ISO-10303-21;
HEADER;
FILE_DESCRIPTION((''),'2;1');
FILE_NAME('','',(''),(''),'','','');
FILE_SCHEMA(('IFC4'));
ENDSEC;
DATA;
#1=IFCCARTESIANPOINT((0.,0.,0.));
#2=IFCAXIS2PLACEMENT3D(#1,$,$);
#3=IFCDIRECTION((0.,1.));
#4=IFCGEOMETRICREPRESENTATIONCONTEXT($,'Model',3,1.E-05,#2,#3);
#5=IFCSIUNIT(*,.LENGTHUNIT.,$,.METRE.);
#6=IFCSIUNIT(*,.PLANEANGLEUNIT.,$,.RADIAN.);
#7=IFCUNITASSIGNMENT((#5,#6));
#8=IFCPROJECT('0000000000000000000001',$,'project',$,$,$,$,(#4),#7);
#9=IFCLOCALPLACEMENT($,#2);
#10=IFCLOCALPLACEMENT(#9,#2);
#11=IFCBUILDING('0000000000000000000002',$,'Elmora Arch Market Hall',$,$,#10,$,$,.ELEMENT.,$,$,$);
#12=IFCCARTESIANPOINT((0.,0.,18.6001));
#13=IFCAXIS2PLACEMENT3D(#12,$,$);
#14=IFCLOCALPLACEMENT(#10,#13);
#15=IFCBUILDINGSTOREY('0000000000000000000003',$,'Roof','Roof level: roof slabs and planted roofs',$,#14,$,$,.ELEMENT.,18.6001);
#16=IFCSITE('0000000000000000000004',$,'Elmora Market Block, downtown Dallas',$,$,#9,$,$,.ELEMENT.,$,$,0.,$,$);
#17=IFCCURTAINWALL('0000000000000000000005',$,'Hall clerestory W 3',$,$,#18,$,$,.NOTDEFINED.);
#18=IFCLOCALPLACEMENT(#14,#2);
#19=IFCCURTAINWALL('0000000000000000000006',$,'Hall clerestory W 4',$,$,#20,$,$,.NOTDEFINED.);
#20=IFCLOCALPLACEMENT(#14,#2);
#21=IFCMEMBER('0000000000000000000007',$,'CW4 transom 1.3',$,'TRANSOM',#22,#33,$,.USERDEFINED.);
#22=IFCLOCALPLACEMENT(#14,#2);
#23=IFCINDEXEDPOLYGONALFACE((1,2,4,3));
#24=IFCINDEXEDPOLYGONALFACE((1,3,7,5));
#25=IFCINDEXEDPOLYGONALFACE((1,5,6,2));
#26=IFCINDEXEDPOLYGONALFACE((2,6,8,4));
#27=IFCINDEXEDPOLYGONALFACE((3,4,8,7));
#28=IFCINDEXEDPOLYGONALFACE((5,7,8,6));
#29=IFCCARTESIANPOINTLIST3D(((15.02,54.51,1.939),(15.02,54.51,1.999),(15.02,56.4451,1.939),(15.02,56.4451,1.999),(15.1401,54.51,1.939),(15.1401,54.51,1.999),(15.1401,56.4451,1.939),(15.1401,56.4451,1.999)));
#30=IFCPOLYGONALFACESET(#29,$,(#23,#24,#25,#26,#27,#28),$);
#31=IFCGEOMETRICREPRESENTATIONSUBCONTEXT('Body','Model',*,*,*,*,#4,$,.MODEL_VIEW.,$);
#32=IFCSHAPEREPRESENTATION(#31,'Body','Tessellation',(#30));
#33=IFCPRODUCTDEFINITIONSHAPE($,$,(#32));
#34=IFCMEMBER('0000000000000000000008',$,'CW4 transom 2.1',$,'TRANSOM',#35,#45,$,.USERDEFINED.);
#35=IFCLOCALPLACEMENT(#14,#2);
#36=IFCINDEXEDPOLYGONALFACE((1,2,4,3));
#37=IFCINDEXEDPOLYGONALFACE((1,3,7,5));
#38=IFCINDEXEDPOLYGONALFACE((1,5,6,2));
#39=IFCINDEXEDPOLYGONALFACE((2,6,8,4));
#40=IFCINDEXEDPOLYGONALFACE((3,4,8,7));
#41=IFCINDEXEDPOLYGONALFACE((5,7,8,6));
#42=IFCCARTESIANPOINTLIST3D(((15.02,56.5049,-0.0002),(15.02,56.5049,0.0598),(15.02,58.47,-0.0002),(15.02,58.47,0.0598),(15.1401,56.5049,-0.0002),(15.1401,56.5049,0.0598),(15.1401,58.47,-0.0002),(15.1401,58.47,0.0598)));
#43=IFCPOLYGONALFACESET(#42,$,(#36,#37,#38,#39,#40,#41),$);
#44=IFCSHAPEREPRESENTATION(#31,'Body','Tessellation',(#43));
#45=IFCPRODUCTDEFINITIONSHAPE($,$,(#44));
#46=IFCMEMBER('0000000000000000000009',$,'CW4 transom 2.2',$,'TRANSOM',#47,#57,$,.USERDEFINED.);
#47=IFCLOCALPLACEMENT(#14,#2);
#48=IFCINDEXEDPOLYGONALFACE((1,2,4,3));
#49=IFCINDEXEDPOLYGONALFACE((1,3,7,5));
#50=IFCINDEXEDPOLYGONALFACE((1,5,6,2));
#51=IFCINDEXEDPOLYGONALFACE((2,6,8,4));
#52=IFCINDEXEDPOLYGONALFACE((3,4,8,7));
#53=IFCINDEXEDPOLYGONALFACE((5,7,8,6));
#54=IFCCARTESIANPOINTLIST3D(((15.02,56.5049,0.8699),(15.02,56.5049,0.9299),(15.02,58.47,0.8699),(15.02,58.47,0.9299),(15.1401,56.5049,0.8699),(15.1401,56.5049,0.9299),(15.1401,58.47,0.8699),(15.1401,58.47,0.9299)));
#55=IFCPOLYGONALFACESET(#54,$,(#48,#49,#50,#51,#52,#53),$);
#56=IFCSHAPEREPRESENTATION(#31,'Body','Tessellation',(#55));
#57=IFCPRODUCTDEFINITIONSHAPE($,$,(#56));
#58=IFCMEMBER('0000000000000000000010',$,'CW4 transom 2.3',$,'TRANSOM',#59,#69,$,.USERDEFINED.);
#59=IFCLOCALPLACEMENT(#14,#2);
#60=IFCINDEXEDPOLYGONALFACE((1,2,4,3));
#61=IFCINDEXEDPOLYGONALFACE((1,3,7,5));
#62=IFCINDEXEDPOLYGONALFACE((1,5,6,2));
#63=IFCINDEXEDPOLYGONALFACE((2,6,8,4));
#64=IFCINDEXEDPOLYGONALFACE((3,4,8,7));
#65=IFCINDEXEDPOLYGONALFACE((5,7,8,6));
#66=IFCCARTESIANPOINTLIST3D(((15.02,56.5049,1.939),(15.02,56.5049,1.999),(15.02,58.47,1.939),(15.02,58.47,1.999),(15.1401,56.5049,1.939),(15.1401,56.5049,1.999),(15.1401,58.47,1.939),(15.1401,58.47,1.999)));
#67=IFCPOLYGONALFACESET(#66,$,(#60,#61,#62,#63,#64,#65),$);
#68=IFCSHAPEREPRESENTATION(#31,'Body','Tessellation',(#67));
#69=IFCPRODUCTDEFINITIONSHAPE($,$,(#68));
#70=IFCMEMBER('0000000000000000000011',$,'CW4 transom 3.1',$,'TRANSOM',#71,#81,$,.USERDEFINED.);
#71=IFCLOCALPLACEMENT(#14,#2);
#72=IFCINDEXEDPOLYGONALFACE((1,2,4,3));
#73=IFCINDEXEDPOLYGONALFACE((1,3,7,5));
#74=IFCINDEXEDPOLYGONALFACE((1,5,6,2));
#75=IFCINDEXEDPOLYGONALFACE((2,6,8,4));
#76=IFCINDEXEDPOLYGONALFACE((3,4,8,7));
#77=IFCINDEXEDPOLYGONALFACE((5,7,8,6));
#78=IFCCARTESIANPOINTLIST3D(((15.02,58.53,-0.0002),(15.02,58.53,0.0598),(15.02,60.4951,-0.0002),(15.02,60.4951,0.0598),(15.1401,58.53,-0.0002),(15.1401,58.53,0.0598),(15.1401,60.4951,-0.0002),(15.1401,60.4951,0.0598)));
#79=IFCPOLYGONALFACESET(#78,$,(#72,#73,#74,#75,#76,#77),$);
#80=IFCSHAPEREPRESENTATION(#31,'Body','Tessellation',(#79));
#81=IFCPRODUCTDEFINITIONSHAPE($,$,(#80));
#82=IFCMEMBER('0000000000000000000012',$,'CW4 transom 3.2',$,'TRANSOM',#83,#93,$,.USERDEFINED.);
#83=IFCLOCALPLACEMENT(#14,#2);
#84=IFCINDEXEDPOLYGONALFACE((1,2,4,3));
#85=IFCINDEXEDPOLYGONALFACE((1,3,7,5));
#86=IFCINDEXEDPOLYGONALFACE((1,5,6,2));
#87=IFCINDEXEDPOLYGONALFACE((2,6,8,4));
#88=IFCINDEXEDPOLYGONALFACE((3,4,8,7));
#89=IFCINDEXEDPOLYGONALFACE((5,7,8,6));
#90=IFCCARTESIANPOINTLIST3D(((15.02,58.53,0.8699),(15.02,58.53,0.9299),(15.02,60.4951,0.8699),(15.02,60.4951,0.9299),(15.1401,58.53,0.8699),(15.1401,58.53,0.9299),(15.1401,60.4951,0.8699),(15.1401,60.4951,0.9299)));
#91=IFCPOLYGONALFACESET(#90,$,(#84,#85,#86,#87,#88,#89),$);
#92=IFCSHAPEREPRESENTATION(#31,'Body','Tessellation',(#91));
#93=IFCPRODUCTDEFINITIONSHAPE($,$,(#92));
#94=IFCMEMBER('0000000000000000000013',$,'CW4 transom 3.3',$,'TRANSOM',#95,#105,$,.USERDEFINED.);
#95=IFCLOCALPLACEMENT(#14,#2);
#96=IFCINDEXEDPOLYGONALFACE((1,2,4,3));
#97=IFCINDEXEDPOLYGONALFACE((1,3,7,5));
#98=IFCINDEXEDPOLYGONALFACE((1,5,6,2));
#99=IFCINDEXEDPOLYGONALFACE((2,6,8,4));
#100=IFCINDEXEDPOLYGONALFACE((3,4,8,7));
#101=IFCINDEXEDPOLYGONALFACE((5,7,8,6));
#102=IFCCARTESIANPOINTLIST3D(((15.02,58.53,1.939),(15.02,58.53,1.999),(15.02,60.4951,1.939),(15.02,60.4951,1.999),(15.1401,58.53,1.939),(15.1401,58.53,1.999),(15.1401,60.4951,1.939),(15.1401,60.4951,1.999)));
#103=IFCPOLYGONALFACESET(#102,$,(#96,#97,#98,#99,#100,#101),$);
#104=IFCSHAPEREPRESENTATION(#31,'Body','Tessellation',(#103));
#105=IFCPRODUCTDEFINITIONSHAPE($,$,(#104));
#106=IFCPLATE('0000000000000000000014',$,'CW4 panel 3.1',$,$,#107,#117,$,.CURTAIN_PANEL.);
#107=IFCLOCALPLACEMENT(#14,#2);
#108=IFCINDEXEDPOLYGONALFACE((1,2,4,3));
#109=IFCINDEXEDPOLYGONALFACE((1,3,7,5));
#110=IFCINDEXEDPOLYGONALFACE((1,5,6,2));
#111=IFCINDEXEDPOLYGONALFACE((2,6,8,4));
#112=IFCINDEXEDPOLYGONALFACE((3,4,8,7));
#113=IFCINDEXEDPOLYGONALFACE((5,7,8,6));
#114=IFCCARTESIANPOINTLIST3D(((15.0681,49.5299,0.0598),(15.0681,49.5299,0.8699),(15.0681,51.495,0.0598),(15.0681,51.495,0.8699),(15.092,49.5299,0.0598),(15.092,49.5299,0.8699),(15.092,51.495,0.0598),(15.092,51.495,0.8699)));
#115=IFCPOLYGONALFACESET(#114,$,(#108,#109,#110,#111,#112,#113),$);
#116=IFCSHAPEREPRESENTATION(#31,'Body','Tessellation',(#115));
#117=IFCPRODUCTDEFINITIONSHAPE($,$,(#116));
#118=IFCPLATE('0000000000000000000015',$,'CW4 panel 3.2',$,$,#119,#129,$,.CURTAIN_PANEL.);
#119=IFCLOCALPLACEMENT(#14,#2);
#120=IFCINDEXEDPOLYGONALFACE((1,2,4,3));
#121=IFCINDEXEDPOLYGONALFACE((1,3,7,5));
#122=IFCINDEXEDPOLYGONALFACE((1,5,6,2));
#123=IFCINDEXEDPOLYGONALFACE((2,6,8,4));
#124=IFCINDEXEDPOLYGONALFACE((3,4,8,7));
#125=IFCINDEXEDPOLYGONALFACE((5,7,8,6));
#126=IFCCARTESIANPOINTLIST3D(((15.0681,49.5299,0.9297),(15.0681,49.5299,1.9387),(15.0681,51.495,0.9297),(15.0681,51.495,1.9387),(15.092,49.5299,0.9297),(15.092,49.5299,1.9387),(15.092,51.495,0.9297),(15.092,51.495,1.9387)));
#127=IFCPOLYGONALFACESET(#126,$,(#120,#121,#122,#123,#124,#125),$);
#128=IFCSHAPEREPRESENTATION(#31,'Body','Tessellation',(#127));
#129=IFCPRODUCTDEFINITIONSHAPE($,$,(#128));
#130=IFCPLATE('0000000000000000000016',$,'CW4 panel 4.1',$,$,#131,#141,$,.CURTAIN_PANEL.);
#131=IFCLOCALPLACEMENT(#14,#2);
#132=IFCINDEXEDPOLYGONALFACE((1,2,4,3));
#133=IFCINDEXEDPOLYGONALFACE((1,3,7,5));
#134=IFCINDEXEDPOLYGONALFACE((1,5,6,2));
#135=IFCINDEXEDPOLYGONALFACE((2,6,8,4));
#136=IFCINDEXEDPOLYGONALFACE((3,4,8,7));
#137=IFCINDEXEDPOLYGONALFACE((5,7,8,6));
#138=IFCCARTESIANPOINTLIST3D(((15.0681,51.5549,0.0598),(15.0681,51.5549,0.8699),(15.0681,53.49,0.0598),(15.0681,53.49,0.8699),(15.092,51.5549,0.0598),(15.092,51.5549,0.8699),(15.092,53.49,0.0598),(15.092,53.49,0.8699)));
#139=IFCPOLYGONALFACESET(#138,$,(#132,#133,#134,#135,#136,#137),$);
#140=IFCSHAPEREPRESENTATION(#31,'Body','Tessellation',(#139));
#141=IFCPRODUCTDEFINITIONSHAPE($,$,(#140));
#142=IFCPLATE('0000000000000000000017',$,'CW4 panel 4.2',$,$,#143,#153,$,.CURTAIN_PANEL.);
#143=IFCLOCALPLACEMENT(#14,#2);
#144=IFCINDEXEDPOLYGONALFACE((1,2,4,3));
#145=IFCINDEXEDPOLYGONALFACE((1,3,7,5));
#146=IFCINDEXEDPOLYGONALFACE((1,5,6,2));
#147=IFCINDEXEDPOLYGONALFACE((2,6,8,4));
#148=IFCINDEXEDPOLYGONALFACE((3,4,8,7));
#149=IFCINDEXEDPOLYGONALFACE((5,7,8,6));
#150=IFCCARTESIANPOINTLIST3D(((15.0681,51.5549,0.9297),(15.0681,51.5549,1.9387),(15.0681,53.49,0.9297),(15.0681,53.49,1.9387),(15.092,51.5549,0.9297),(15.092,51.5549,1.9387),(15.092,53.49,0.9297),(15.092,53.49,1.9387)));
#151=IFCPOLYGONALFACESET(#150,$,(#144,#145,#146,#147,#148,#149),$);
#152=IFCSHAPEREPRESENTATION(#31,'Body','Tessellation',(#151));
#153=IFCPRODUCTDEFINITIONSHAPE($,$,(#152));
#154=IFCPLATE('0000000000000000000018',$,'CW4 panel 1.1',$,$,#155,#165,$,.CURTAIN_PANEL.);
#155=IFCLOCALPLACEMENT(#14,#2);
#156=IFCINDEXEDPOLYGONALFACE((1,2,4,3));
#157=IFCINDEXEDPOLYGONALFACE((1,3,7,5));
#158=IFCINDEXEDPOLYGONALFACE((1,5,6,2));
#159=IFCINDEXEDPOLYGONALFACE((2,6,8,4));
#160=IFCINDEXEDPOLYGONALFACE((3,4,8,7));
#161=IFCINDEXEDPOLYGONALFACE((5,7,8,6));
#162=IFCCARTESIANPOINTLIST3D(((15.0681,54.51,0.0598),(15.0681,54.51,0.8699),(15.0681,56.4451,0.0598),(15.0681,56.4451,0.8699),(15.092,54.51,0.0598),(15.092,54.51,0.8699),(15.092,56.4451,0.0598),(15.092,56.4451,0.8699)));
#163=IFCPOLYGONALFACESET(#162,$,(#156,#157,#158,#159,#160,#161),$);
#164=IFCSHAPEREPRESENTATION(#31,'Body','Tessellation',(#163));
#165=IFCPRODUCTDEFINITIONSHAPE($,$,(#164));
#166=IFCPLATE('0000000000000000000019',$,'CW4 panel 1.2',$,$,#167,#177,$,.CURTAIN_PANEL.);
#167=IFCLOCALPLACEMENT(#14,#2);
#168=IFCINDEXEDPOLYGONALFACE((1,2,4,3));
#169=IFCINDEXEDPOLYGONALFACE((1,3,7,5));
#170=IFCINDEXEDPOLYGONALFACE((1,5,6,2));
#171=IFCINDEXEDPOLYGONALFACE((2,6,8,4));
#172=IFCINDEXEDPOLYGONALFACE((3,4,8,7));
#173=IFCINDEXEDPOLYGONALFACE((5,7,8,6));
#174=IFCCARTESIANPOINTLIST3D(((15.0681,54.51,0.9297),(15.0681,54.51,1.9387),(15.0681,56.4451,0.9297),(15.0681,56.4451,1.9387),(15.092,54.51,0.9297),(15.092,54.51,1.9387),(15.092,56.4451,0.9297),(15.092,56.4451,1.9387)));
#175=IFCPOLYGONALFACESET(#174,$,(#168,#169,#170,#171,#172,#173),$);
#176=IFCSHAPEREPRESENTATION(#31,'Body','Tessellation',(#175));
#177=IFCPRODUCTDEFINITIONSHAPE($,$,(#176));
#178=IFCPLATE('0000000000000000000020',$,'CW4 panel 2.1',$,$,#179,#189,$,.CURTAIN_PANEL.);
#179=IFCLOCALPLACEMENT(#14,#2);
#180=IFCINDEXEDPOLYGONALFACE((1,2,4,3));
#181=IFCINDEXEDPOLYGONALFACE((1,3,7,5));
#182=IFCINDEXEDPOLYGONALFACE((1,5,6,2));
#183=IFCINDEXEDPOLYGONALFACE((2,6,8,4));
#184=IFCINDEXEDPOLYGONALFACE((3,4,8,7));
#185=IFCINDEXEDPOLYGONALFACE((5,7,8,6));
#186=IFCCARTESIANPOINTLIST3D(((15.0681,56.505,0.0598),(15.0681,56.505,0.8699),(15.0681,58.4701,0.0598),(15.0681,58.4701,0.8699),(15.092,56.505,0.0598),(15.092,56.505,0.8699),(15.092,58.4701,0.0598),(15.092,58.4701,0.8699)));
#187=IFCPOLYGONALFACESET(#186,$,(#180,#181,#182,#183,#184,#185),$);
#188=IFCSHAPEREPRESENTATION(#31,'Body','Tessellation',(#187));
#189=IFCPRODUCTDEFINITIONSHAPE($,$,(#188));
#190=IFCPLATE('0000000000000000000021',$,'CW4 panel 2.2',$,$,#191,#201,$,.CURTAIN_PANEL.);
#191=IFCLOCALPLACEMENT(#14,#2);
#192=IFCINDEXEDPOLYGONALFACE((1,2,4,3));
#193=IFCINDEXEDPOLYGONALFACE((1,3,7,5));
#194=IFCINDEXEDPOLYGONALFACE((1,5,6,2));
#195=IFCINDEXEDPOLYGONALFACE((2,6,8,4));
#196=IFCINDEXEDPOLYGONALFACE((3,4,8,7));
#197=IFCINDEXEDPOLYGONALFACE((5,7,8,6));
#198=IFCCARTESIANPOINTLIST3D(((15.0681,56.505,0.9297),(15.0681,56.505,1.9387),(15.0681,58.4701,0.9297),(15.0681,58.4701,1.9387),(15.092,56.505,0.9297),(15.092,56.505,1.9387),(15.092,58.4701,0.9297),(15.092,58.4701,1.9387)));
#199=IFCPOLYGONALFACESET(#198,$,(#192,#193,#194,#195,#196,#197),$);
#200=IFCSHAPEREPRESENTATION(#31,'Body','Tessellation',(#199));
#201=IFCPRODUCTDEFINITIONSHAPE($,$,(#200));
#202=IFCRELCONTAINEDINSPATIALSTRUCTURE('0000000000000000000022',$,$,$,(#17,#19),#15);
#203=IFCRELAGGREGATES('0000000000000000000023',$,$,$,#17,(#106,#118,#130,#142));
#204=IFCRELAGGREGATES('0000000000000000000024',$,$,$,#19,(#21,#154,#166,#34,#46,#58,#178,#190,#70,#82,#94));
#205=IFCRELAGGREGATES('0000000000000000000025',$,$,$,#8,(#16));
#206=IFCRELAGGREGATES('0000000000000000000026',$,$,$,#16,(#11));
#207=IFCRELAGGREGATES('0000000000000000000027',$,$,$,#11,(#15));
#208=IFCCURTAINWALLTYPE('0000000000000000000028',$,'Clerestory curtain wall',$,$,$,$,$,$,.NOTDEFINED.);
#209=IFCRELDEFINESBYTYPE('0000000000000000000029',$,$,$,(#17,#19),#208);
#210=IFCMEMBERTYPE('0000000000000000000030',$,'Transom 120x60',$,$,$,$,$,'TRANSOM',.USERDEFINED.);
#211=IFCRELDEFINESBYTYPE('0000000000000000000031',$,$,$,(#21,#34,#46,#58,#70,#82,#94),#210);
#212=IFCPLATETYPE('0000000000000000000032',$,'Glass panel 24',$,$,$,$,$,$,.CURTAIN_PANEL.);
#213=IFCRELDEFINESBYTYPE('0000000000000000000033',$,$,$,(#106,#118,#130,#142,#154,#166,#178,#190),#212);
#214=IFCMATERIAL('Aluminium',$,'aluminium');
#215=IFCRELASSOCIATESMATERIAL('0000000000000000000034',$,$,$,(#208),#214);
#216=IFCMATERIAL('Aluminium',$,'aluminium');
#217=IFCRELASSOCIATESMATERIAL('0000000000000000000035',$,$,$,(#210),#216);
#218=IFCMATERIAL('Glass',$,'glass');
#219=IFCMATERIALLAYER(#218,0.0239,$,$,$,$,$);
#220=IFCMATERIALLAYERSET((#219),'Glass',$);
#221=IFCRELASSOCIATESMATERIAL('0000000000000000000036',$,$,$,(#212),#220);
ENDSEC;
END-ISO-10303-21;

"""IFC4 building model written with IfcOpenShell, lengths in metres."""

from ifc_helpers import new_model, si_unit, direction, frame, origin, origin_2d, place, context, subcontext, project, spatial, rectangle, extrude, material, layer, layer_set, material_profile, profile_set, type_object, element, aggregate, save


model = new_model("IFC4")

# Units and contexts
model_context = context("Model", 3, precision=1e-05, world=origin(), true_north=direction((0.0, 1.0)))
body_context = subcontext(model_context, "Body", "Model", "MODEL_VIEW")
ifc_project = project(units=[si_unit("LENGTHUNIT", "METRE"), si_unit("PLANEANGLEUNIT", "RADIAN")], contexts=[model_context])

# Site, building, storey
site_placement = place(None, origin())
site = spatial("IfcSite", under=ifc_project, at=site_placement, Name="Elmora Market Block, downtown Dallas", CompositionType="ELEMENT", RefElevation=0.0)
building_placement = place(site_placement, origin())
building = spatial("IfcBuilding", under=site, at=building_placement, Name="Elmora Arch Market Hall", CompositionType="ELEMENT")
storey_placement = place(building_placement, frame((0.0, 0.0, 18.6001)))
storey = spatial("IfcBuildingStorey", under=building, at=storey_placement, Name="Roof", Description="Roof level: roof slabs and planted roofs", CompositionType="ELEMENT", Elevation=18.6001)

# Curtain walls
ifc_material_1 = material(Name="Aluminium", Category="aluminium")
curtain_wall_type = type_object("IfcCurtainWallType", Name="Clerestory curtain wall", PredefinedType="NOTDEFINED", material=ifc_material_1)
curtain_wall_1_placement = place(storey_placement, origin())
curtain_wall_1 = element("IfcCurtainWall", 1, at=curtain_wall_1_placement, inside=storey, type_object=curtain_wall_type, Name="Hall clerestory W 3", PredefinedType="NOTDEFINED")
curtain_wall_2_placement = place(storey_placement, origin())
curtain_wall_2 = element("IfcCurtainWall", 2, at=curtain_wall_2_placement, inside=storey, type_object=curtain_wall_type, Name="Hall clerestory W 4", PredefinedType="NOTDEFINED")

# Members
ifc_material_2 = material(Name="Aluminium", Category="aluminium")
ifc_material_profile_1 = material_profile(ifc_material_2, rectangle(XDim=0.1201, YDim=0.0601, at=origin_2d()), Name="AL 120x60")
ifc_profile_set_1 = profile_set([ifc_material_profile_1], Name="Aluminium")
member_type_1 = type_object("IfcMemberType", Name="Transom 120x60", ElementType="TRANSOM", PredefinedType="USERDEFINED", material=ifc_profile_set_1)
member_1_placement = place(storey_placement, frame((15.0801, 54.51, 1.969), z_axis=(0.0, 1.0, 0.0), x_axis=(-1.0, 0.0, 0.0)))
member_1 = element("IfcMember", 3, at=member_1_placement, type_object=member_type_1, Name="CW4 transom 1.3", ObjectType="TRANSOM", PredefinedType="USERDEFINED", context=body_context, shape_type="SweptSolid", body=[
    extrude(rectangle(XDim=0.1201, YDim=0.0601, at=origin_2d()), origin(), (0.0, 0.0, 1.0), 1.9351),
])
member_2_placement = place(storey_placement, frame((15.0801, 56.5049, 0.0298), z_axis=(0.0, 1.0, 0.0), x_axis=(-1.0, 0.0, 0.0)))
member_2 = element("IfcMember", 4, at=member_2_placement, type_object=member_type_1, Name="CW4 transom 2.1", ObjectType="TRANSOM", PredefinedType="USERDEFINED", context=body_context, shape_type="SweptSolid", body=[
    extrude(rectangle(XDim=0.1201, YDim=0.0601, at=origin_2d()), origin(), (0.0, 0.0, 1.0), 1.9651),
])
member_3_placement = place(storey_placement, frame((15.0801, 56.5049, 0.8999), z_axis=(0.0, 1.0, 0.0), x_axis=(-1.0, 0.0, 0.0)))
member_3 = element("IfcMember", 5, at=member_3_placement, type_object=member_type_1, Name="CW4 transom 2.2", ObjectType="TRANSOM", PredefinedType="USERDEFINED", context=body_context, shape_type="SweptSolid", body=[
    extrude(rectangle(XDim=0.1201, YDim=0.0601, at=origin_2d()), origin(), (0.0, 0.0, 1.0), 1.9651),
])
member_4_placement = place(storey_placement, frame((15.0801, 56.5049, 1.969), z_axis=(0.0, 1.0, 0.0), x_axis=(-1.0, 0.0, 0.0)))
member_4 = element("IfcMember", 6, at=member_4_placement, type_object=member_type_1, Name="CW4 transom 2.3", ObjectType="TRANSOM", PredefinedType="USERDEFINED", context=body_context, shape_type="SweptSolid", body=[
    extrude(rectangle(XDim=0.1201, YDim=0.0601, at=origin_2d()), origin(), (0.0, 0.0, 1.0), 1.9651),
])
member_5_placement = place(storey_placement, frame((15.0801, 58.53, 0.0298), z_axis=(0.0, 1.0, 0.0), x_axis=(-1.0, 0.0, 0.0)))
member_5 = element("IfcMember", 7, at=member_5_placement, type_object=member_type_1, Name="CW4 transom 3.1", ObjectType="TRANSOM", PredefinedType="USERDEFINED", context=body_context, shape_type="SweptSolid", body=[
    extrude(rectangle(XDim=0.1201, YDim=0.0601, at=origin_2d()), origin(), (0.0, 0.0, 1.0), 1.9651),
])
member_6_placement = place(storey_placement, frame((15.0801, 58.53, 0.8999), z_axis=(0.0, 1.0, 0.0), x_axis=(-1.0, 0.0, 0.0)))
member_6 = element("IfcMember", 8, at=member_6_placement, type_object=member_type_1, Name="CW4 transom 3.2", ObjectType="TRANSOM", PredefinedType="USERDEFINED", context=body_context, shape_type="SweptSolid", body=[
    extrude(rectangle(XDim=0.1201, YDim=0.0601, at=origin_2d()), origin(), (0.0, 0.0, 1.0), 1.9651),
])
member_7_placement = place(storey_placement, frame((15.0801, 58.53, 1.969), z_axis=(0.0, 1.0, 0.0), x_axis=(-1.0, 0.0, 0.0)))
member_7 = element("IfcMember", 9, at=member_7_placement, type_object=member_type_1, Name="CW4 transom 3.3", ObjectType="TRANSOM", PredefinedType="USERDEFINED", context=body_context, shape_type="SweptSolid", body=[
    extrude(rectangle(XDim=0.1201, YDim=0.0601, at=origin_2d()), origin(), (0.0, 0.0, 1.0), 1.9651),
])

# Plates
ifc_material_3 = material(Name="Glass", Category="glass")
ifc_layer_1 = layer(ifc_material_3, 0.0239)
ifc_layer_set_1 = layer_set([ifc_layer_1], Name="Glass")
plate_type = type_object("IfcPlateType", Name="Glass panel 24", PredefinedType="CURTAIN_PANEL", material=ifc_layer_set_1)
plate_1_placement = place(storey_placement, frame((15.0801, 50.5125, 0.0598), z_axis=(0.0, 0.0, 1.0), x_axis=(0.0, 1.0, 0.0)))
plate_1 = element("IfcPlate", 10, at=plate_1_placement, type_object=plate_type, Name="CW4 panel 3.1", PredefinedType="CURTAIN_PANEL", context=body_context, shape_type="SweptSolid", body=[
    extrude(rectangle(XDim=1.9651, YDim=0.0239, at=origin_2d()), origin(), (0.0, 0.0, 1.0), 0.8101),
])
plate_2_placement = place(storey_placement, frame((15.0801, 50.5125, 0.9297), z_axis=(0.0, 0.0, 1.0), x_axis=(0.0, 1.0, 0.0)))
plate_2 = element("IfcPlate", 11, at=plate_2_placement, type_object=plate_type, Name="CW4 panel 3.2", PredefinedType="CURTAIN_PANEL", context=body_context, shape_type="SweptSolid", body=[
    extrude(rectangle(XDim=1.9651, YDim=0.0239, at=origin_2d()), origin(), (0.0, 0.0, 1.0), 1.009),
])
plate_3_placement = place(storey_placement, frame((15.0801, 52.5225, 0.0598), z_axis=(0.0, 0.0, 1.0), x_axis=(0.0, 1.0, 0.0)))
plate_3 = element("IfcPlate", 12, at=plate_3_placement, type_object=plate_type, Name="CW4 panel 4.1", PredefinedType="CURTAIN_PANEL", context=body_context, shape_type="SweptSolid", body=[
    extrude(rectangle(XDim=1.9351, YDim=0.0239, at=origin_2d()), origin(), (0.0, 0.0, 1.0), 0.8101),
])
plate_4_placement = place(storey_placement, frame((15.0801, 52.5225, 0.9297), z_axis=(0.0, 0.0, 1.0), x_axis=(0.0, 1.0, 0.0)))
plate_4 = element("IfcPlate", 13, at=plate_4_placement, type_object=plate_type, Name="CW4 panel 4.2", PredefinedType="CURTAIN_PANEL", context=body_context, shape_type="SweptSolid", body=[
    extrude(rectangle(XDim=1.9351, YDim=0.0239, at=origin_2d()), origin(), (0.0, 0.0, 1.0), 1.009),
])
aggregate(curtain_wall_1, [plate_1, plate_2, plate_3, plate_4])
plate_5_placement = place(storey_placement, frame((15.0801, 55.4775, 0.0598), z_axis=(0.0, 0.0, 1.0), x_axis=(0.0, 1.0, 0.0)))
plate_5 = element("IfcPlate", 14, at=plate_5_placement, type_object=plate_type, Name="CW4 panel 1.1", PredefinedType="CURTAIN_PANEL", context=body_context, shape_type="SweptSolid", body=[
    extrude(rectangle(XDim=1.9351, YDim=0.0239, at=origin_2d()), origin(), (0.0, 0.0, 1.0), 0.8101),
])
plate_6_placement = place(storey_placement, frame((15.0801, 55.4775, 0.9297), z_axis=(0.0, 0.0, 1.0), x_axis=(0.0, 1.0, 0.0)))
plate_6 = element("IfcPlate", 15, at=plate_6_placement, type_object=plate_type, Name="CW4 panel 1.2", PredefinedType="CURTAIN_PANEL", context=body_context, shape_type="SweptSolid", body=[
    extrude(rectangle(XDim=1.9351, YDim=0.0239, at=origin_2d()), origin(), (0.0, 0.0, 1.0), 1.009),
])
plate_7_placement = place(storey_placement, frame((15.0801, 57.4875, 0.0598), z_axis=(0.0, 0.0, 1.0), x_axis=(0.0, 1.0, 0.0)))
plate_7 = element("IfcPlate", 16, at=plate_7_placement, type_object=plate_type, Name="CW4 panel 2.1", PredefinedType="CURTAIN_PANEL", context=body_context, shape_type="SweptSolid", body=[
    extrude(rectangle(XDim=1.9651, YDim=0.0239, at=origin_2d()), origin(), (0.0, 0.0, 1.0), 0.8101),
])
plate_8_placement = place(storey_placement, frame((15.0801, 57.4875, 0.9297), z_axis=(0.0, 0.0, 1.0), x_axis=(0.0, 1.0, 0.0)))
plate_8 = element("IfcPlate", 17, at=plate_8_placement, type_object=plate_type, Name="CW4 panel 2.2", PredefinedType="CURTAIN_PANEL", context=body_context, shape_type="SweptSolid", body=[
    extrude(rectangle(XDim=1.9651, YDim=0.0239, at=origin_2d()), origin(), (0.0, 0.0, 1.0), 1.009),
])
aggregate(curtain_wall_2, [member_1, plate_5, plate_6, member_2, member_3, member_4, plate_7, plate_8, member_5, member_6, member_7])

save(model, "model.ifc")
